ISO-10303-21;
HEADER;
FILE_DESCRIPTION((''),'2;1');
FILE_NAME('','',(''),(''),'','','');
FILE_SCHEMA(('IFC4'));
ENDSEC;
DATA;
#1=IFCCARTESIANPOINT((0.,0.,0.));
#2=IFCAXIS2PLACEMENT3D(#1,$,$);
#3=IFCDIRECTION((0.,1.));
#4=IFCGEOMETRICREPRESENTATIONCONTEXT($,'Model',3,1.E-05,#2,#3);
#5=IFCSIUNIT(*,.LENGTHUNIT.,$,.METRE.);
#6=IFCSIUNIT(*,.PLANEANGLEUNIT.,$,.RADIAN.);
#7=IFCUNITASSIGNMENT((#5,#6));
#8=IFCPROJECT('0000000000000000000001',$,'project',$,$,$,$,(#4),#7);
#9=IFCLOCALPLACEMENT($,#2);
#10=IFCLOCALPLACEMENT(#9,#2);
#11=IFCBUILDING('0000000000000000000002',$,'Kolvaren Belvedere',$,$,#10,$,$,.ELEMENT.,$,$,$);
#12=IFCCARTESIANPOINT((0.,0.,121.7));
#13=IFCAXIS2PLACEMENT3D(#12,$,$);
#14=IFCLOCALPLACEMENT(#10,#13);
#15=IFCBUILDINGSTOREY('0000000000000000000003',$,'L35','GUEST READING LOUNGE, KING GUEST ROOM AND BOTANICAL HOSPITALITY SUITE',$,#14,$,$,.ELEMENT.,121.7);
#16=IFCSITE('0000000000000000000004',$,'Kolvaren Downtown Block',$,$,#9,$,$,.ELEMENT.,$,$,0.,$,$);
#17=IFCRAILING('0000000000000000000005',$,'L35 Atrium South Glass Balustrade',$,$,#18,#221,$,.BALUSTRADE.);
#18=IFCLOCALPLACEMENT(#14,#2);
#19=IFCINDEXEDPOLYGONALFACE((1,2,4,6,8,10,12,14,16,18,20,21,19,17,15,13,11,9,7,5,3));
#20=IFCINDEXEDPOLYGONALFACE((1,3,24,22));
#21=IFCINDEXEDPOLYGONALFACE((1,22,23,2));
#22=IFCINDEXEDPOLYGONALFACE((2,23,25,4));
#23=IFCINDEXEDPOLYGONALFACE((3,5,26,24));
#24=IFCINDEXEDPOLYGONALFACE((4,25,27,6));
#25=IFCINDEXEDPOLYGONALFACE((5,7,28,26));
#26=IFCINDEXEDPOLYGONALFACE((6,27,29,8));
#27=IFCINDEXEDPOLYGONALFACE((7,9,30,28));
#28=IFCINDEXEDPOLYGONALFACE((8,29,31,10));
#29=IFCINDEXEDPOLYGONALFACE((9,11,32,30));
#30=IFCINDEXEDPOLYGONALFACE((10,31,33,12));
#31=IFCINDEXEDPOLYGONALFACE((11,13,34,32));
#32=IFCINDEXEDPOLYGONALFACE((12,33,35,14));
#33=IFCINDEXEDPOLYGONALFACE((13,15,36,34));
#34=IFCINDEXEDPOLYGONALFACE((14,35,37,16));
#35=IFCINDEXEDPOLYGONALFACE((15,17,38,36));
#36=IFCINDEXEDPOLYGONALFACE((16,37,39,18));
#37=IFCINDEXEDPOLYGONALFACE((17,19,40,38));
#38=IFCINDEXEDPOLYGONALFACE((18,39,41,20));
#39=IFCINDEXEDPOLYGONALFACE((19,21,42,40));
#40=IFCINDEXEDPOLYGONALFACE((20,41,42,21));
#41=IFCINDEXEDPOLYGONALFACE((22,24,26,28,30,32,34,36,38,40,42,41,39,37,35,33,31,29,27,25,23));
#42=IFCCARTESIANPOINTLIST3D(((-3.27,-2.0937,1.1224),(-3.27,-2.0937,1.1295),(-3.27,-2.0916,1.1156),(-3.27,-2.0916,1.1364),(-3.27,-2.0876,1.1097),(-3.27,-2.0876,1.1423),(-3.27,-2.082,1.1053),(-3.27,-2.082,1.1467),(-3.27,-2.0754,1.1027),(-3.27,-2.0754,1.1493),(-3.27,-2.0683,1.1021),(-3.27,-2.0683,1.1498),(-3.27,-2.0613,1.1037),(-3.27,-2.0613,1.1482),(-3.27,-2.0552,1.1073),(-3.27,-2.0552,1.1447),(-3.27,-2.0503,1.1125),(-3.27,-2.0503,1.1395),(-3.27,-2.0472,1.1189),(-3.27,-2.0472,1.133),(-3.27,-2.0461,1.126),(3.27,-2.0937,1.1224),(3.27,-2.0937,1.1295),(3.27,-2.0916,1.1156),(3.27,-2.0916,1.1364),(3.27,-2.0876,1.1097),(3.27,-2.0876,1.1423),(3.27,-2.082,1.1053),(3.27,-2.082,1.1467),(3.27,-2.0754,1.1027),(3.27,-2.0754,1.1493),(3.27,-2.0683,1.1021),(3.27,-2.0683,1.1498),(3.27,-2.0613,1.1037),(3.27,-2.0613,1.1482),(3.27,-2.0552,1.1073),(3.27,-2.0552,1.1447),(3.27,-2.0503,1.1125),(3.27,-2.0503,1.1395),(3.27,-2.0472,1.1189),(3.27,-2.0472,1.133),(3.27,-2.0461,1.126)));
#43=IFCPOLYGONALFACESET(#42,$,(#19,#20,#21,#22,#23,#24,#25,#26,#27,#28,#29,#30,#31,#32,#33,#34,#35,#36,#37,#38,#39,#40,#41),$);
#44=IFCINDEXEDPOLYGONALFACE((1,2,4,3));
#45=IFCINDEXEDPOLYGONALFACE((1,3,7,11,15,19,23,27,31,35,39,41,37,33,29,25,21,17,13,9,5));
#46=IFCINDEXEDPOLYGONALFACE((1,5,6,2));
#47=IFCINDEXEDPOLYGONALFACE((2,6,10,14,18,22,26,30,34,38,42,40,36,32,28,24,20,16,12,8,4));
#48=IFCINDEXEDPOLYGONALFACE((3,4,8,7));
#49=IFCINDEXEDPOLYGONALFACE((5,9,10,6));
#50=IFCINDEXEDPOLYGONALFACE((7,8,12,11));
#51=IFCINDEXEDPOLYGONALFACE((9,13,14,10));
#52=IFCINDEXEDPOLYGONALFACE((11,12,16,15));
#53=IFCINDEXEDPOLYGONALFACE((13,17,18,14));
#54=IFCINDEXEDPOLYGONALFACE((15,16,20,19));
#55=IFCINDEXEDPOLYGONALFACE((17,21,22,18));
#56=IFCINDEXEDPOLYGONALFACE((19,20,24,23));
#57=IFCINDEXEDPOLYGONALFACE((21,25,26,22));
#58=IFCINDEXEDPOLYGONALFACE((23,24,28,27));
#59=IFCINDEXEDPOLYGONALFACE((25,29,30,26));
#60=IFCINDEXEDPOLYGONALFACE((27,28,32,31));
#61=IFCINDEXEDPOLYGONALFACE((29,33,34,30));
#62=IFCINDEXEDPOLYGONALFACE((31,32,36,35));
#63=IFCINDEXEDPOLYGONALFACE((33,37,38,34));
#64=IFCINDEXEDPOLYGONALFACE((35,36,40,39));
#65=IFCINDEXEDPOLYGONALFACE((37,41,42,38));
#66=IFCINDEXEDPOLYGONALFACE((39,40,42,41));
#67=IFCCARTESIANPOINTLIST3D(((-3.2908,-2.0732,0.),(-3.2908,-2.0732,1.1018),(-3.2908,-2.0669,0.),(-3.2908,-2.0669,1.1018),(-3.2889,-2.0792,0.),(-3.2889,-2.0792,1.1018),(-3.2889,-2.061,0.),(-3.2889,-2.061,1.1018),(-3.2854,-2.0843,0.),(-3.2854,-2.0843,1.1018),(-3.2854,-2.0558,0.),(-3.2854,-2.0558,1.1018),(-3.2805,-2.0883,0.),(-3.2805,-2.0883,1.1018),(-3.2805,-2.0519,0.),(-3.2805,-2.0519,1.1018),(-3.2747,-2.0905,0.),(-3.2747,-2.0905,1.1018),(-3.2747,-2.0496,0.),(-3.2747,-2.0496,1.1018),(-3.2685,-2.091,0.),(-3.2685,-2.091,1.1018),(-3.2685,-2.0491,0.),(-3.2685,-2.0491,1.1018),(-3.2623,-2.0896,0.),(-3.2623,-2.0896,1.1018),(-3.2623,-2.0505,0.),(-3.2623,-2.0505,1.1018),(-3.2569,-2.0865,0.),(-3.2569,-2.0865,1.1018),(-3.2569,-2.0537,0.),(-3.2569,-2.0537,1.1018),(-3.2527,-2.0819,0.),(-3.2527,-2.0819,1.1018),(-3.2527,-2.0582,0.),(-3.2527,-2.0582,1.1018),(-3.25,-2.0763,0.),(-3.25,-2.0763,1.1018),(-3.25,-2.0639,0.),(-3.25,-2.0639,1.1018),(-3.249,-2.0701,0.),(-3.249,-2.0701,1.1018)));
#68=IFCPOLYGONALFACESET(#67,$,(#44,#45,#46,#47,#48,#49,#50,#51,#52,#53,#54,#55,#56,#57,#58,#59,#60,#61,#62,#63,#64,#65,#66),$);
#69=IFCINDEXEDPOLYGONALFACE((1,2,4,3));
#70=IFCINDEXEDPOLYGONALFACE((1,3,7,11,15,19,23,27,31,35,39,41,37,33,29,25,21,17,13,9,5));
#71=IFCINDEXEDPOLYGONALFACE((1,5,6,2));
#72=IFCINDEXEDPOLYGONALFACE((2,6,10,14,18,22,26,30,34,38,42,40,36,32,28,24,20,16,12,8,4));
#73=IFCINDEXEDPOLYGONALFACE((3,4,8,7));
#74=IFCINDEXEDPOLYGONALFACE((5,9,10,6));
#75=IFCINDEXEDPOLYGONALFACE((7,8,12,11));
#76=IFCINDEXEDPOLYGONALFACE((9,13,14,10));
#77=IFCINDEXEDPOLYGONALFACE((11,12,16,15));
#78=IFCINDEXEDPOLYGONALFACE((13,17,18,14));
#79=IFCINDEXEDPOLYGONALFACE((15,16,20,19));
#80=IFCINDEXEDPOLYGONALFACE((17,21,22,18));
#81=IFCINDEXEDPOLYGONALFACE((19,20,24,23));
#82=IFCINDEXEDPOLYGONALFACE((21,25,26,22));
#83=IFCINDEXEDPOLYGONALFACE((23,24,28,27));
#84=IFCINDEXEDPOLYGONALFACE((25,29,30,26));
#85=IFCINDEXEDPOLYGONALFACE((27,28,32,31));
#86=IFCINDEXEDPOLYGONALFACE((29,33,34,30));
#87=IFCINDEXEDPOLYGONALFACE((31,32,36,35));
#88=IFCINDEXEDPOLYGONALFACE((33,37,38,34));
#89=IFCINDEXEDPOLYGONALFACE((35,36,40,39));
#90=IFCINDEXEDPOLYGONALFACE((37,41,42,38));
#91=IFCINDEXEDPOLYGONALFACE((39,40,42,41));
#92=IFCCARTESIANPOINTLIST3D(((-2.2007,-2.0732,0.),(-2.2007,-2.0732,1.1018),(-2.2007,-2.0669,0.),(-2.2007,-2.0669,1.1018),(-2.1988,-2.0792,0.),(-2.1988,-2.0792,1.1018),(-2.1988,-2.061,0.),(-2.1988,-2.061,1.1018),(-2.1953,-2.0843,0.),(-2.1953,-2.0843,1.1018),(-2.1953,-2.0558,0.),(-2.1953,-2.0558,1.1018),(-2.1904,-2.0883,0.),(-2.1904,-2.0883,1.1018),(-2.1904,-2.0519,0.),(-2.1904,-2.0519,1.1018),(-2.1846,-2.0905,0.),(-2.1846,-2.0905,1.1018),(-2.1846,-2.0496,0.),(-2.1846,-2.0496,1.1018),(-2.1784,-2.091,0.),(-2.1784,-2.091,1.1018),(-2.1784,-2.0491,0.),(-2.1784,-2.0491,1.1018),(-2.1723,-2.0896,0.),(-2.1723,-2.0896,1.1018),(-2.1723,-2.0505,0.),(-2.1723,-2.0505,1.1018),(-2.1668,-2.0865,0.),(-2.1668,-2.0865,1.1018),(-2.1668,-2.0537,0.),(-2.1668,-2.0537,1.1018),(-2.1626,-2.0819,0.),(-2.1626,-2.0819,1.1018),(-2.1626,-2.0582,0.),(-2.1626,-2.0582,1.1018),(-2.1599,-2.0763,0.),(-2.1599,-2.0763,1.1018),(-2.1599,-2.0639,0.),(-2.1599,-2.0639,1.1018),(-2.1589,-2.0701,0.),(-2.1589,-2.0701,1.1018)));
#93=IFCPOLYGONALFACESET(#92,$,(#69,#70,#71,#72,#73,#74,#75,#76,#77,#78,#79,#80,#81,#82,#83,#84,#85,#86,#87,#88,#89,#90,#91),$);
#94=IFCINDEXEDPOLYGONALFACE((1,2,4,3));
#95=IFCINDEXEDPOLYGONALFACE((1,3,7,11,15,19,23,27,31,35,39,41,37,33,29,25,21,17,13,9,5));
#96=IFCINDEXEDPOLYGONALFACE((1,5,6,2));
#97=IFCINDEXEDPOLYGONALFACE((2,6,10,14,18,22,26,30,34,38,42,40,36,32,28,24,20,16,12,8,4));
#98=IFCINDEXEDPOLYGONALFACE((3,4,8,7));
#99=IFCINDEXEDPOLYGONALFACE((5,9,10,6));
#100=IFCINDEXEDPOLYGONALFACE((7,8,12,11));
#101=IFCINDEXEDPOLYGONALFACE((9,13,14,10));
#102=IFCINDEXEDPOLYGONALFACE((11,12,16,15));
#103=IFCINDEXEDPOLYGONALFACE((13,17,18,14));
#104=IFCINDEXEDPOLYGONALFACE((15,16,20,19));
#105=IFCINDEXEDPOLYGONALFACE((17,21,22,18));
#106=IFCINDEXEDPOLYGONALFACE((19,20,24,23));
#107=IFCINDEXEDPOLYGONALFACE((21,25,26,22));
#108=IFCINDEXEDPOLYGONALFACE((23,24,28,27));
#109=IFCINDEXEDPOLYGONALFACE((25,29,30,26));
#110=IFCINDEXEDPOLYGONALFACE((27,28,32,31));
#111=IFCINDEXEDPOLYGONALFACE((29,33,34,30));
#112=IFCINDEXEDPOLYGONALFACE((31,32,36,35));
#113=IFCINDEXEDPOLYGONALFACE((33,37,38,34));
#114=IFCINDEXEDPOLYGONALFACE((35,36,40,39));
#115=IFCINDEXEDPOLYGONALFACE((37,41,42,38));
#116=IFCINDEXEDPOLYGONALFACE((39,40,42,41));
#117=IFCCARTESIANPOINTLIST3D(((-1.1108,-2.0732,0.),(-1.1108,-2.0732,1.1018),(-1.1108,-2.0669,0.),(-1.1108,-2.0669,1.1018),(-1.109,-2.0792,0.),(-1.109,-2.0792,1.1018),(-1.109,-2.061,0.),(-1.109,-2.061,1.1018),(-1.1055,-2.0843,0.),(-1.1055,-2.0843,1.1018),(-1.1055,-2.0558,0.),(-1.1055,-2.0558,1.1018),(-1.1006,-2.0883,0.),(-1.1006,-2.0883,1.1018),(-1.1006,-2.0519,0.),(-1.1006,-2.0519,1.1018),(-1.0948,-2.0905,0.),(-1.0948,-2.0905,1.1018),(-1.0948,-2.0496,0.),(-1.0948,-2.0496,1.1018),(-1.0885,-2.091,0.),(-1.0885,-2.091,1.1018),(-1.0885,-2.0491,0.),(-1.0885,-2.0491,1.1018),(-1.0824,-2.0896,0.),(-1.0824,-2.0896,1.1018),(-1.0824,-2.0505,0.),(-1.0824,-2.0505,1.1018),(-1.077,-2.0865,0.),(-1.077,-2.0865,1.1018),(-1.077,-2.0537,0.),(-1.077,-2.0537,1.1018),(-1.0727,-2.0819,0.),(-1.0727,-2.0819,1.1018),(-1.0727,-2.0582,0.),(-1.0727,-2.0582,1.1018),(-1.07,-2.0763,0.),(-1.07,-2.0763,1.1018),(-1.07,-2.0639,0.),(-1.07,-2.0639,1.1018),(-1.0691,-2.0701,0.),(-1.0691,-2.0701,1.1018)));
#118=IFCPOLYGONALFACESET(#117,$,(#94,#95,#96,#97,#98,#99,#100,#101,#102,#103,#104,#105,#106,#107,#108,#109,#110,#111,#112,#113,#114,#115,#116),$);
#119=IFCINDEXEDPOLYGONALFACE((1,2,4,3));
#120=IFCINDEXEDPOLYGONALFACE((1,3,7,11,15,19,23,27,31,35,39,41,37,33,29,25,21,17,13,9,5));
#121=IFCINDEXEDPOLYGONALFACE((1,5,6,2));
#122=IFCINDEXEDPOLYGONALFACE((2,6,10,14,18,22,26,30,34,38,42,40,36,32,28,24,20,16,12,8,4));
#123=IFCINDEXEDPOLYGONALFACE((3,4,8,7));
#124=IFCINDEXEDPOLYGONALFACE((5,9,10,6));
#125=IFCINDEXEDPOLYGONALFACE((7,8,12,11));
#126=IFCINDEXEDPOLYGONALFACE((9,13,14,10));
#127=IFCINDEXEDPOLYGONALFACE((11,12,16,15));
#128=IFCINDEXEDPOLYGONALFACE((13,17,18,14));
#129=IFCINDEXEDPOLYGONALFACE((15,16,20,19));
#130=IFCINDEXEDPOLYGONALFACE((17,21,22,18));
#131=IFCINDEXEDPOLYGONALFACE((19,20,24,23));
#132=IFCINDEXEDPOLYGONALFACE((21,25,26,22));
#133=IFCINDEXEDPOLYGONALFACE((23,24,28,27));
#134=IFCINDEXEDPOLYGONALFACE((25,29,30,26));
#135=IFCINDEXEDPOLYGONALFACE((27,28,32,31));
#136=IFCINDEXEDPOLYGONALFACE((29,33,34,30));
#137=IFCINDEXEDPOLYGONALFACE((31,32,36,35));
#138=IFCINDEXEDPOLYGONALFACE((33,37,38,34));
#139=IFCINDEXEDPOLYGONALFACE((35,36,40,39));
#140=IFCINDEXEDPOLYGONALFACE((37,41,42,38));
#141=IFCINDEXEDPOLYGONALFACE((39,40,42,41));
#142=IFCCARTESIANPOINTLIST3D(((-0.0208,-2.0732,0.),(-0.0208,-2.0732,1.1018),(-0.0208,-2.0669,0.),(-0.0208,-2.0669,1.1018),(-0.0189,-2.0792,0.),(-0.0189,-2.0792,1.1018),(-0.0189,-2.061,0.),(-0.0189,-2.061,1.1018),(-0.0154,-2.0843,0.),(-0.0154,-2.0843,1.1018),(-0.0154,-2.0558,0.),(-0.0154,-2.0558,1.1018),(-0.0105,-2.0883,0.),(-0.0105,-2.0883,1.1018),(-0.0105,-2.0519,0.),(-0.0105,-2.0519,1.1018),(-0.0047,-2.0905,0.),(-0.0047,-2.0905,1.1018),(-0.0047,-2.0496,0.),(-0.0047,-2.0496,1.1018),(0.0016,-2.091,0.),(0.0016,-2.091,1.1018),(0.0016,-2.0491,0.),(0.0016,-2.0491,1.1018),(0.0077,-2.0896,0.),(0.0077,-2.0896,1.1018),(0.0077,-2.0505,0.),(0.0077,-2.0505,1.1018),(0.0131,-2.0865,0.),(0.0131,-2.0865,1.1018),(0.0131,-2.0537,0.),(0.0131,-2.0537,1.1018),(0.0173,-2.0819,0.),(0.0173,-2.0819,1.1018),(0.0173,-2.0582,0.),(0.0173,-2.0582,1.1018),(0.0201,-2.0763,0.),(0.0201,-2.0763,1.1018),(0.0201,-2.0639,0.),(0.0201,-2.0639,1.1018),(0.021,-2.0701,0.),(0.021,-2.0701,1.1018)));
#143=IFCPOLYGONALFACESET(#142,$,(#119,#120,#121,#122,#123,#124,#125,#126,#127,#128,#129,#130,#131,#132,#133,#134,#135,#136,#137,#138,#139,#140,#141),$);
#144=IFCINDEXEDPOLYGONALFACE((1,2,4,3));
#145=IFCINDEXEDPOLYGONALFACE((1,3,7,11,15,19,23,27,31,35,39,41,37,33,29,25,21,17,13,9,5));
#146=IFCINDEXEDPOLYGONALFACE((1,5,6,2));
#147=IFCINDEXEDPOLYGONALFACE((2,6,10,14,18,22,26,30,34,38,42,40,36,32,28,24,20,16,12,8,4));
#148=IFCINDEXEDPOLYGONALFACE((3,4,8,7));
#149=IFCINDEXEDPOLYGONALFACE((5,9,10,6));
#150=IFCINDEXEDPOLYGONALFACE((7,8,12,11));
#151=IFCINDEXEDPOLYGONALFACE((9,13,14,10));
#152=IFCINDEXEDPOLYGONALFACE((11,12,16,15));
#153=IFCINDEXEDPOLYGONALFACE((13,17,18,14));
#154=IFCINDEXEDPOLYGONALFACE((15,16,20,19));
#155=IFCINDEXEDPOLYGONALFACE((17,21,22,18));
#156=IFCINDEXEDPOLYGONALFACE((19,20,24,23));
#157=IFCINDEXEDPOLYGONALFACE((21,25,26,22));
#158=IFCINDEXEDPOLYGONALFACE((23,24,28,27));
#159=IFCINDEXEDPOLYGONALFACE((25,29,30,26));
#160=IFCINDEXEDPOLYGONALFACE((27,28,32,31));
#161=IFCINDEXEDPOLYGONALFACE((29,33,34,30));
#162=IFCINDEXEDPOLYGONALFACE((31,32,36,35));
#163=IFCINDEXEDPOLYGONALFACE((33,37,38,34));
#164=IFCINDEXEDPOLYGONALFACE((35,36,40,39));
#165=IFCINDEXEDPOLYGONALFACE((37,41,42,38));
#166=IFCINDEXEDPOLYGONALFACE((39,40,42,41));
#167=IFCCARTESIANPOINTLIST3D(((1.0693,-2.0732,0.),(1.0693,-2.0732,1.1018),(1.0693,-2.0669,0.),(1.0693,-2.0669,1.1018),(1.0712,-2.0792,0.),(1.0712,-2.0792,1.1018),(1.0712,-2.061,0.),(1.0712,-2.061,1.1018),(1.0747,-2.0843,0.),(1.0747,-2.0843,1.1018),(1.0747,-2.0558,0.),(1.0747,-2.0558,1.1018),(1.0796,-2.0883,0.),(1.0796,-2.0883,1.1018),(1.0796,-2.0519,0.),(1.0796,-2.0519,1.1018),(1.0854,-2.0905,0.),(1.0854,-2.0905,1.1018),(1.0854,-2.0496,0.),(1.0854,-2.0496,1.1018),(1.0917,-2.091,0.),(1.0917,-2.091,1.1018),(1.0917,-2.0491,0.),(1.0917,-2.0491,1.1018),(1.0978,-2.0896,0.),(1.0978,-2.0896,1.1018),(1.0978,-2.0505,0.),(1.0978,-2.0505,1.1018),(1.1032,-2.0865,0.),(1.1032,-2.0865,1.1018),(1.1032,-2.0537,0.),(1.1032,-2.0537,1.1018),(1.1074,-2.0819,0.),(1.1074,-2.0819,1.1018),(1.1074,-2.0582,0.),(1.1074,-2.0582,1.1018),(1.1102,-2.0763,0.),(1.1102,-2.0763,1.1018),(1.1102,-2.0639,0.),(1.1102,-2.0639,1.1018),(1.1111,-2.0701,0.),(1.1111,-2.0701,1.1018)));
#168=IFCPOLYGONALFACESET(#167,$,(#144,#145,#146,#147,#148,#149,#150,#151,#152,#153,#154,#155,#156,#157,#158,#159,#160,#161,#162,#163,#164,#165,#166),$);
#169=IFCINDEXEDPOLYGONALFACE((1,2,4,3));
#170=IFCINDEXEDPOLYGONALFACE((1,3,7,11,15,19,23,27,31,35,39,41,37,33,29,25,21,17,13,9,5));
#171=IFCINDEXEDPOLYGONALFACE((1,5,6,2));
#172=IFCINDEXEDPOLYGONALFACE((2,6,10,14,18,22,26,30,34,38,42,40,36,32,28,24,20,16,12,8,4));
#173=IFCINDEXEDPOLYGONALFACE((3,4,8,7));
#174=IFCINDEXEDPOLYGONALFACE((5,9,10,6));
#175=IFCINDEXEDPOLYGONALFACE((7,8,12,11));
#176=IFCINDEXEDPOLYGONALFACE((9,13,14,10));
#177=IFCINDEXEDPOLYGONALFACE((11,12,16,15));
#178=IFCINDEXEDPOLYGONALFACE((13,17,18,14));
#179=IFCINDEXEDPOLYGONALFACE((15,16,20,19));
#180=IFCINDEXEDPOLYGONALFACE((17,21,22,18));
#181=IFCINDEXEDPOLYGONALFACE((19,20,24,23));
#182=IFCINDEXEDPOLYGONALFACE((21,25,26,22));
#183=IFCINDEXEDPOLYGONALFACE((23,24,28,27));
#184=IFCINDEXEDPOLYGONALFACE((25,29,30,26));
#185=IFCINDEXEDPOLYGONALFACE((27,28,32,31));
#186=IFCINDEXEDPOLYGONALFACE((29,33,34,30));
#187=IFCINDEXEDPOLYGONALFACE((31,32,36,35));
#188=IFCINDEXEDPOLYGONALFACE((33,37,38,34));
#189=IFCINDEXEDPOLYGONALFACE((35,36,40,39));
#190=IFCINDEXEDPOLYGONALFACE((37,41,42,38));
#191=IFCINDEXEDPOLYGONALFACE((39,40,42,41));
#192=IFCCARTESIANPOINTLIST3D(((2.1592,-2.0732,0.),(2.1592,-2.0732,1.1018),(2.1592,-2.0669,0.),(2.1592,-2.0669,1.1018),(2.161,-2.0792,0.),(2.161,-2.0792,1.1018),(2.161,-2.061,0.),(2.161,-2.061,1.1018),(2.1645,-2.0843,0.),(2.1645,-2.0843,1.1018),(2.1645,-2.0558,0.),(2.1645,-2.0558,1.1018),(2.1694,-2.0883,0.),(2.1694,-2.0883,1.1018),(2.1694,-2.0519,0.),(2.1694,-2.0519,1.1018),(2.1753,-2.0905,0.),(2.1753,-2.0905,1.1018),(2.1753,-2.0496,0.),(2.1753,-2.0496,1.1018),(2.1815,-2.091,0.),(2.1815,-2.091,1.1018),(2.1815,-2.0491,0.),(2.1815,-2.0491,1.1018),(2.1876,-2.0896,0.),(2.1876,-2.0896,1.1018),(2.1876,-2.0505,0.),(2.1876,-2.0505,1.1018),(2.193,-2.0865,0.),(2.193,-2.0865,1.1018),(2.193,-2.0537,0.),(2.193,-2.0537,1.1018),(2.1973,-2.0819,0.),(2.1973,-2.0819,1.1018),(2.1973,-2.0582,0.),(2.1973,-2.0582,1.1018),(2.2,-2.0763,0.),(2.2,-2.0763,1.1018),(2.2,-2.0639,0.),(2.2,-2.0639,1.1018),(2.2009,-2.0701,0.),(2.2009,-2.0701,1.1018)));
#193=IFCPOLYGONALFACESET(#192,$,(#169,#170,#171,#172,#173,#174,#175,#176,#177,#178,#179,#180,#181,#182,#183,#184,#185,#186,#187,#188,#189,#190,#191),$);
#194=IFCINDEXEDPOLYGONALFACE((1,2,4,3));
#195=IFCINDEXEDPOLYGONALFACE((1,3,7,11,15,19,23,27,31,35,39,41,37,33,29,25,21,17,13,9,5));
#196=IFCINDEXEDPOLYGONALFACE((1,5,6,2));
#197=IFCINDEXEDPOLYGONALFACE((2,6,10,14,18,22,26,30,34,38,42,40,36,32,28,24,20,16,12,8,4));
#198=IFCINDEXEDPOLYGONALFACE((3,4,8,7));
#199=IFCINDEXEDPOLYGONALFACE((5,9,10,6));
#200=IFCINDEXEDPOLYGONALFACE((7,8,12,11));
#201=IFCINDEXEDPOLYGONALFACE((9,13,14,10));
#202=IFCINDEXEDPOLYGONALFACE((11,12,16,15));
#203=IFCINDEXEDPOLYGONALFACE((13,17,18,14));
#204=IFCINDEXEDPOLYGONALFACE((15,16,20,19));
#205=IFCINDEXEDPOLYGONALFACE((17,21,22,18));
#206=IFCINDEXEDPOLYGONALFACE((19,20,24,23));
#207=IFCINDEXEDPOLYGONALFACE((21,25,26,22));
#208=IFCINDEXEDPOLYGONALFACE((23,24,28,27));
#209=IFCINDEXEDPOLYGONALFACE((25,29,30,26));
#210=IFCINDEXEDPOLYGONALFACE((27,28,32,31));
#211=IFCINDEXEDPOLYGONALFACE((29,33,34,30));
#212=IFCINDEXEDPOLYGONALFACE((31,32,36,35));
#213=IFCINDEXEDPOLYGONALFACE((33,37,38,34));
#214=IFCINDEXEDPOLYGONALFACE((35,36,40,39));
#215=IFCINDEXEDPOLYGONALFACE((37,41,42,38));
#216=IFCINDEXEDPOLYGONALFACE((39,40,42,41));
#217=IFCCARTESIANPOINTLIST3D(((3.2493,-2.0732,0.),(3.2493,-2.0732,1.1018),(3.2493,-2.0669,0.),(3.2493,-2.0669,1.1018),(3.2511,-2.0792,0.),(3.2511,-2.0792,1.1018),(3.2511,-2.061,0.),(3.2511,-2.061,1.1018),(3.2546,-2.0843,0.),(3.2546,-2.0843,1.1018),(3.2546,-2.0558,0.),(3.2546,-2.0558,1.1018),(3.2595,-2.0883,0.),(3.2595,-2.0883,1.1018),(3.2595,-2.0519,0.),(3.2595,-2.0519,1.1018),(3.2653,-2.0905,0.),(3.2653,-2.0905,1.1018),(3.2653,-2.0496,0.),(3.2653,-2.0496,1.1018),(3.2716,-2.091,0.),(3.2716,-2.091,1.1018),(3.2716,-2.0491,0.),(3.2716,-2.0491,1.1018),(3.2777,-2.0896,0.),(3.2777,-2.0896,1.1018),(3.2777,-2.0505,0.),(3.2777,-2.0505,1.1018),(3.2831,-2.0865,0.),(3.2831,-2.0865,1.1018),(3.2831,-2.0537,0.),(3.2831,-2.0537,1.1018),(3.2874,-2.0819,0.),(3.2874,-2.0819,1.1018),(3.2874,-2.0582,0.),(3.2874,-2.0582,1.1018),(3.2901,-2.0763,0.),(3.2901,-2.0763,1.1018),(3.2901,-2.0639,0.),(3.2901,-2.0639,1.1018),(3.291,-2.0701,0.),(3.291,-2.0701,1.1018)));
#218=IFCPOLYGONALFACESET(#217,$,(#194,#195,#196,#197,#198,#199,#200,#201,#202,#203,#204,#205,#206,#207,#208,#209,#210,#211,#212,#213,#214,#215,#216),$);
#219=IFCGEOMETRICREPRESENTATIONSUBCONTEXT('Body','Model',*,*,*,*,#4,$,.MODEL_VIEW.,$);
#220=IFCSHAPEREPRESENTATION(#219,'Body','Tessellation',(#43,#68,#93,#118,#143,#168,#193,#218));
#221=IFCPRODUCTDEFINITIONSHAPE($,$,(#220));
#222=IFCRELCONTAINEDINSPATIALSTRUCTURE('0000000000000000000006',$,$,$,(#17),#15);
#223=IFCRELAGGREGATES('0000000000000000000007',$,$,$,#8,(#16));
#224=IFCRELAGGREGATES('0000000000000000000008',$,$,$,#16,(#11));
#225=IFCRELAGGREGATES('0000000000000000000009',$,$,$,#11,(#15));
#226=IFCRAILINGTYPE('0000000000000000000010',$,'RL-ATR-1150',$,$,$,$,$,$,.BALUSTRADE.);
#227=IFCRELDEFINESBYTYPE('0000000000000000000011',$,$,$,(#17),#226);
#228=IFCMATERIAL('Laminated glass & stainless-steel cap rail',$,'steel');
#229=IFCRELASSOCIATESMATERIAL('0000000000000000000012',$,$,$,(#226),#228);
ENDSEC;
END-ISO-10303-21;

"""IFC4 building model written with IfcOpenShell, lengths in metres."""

from ifc_helpers import new_model, si_unit, direction, frame, origin, origin_2d, place, context, subcontext, project, spatial, circle, extrude, material, type_object, element, save


model = new_model("IFC4")

# Units and contexts
model_context = context("Model", 3, precision=1e-05, world=origin(), true_north=direction((0.0, 1.0)))
body_context = subcontext(model_context, "Body", "Model", "MODEL_VIEW")
ifc_project = project(units=[si_unit("LENGTHUNIT", "METRE"), si_unit("PLANEANGLEUNIT", "RADIAN")], contexts=[model_context])

# Site, building, storey
site_placement = place(None, origin())
site = spatial("IfcSite", under=ifc_project, at=site_placement, Name="Kolvaren Downtown Block", CompositionType="ELEMENT", RefElevation=0.0)
building_placement = place(site_placement, origin())
building = spatial("IfcBuilding", under=site, at=building_placement, Name="Kolvaren Belvedere", CompositionType="ELEMENT")
storey_placement = place(building_placement, frame((0.0, 0.0, 121.7)))
storey = spatial("IfcBuildingStorey", under=building, at=storey_placement, Name="L35", Description="GUEST READING LOUNGE, KING GUEST ROOM AND BOTANICAL HOSPITALITY SUITE", CompositionType="ELEMENT", Elevation=121.7)

# Railing
ifc_material_1 = material(Name="Laminated glass & stainless-steel cap rail", Category="steel")
railing_type_1 = type_object("IfcRailingType", Name="RL-ATR-1150", PredefinedType="BALUSTRADE", material=ifc_material_1)
railing_1_placement = place(storey_placement, frame((-3.27, -2.0701, 0.0)))
element("IfcRailing", 1, at=railing_1_placement, inside=storey, type_object=railing_type_1, Name="L35 Atrium South Glass Balustrade", PredefinedType="BALUSTRADE", context=body_context, shape_type="SweptSolid", body=[
    extrude(circle(Radius=0.0239, at=origin_2d()), frame((0.0, 0.0, 1.126), z_axis=(1.0, 0.0, 0.0), x_axis=(0.0, 1.0, 0.0)), (0.0, 0.0, 1.0), 6.54),
    extrude(circle(Radius=0.021, at=origin_2d()), origin(), (0.0, 0.0, 1.0), 1.1018),
    extrude(circle(Radius=0.021, at=origin_2d()), frame((1.0901, 0.0, 0.0)), (0.0, 0.0, 1.0), 1.1018),
    extrude(circle(Radius=0.021, at=origin_2d()), frame((2.1799, 0.0, 0.0)), (0.0, 0.0, 1.0), 1.1018),
    extrude(circle(Radius=0.021, at=origin_2d()), frame((3.27, 0.0, 0.0)), (0.0, 0.0, 1.0), 1.1018),
    extrude(circle(Radius=0.021, at=origin_2d()), frame((4.3601, 0.0, 0.0)), (0.0, 0.0, 1.0), 1.1018),
    extrude(circle(Radius=0.021, at=origin_2d()), frame((5.45, 0.0, 0.0)), (0.0, 0.0, 1.0), 1.1018),
    extrude(circle(Radius=0.021, at=origin_2d()), frame((6.54, 0.0, 0.0)), (0.0, 0.0, 1.0), 1.1018),
])

save(model, "model.ifc")
